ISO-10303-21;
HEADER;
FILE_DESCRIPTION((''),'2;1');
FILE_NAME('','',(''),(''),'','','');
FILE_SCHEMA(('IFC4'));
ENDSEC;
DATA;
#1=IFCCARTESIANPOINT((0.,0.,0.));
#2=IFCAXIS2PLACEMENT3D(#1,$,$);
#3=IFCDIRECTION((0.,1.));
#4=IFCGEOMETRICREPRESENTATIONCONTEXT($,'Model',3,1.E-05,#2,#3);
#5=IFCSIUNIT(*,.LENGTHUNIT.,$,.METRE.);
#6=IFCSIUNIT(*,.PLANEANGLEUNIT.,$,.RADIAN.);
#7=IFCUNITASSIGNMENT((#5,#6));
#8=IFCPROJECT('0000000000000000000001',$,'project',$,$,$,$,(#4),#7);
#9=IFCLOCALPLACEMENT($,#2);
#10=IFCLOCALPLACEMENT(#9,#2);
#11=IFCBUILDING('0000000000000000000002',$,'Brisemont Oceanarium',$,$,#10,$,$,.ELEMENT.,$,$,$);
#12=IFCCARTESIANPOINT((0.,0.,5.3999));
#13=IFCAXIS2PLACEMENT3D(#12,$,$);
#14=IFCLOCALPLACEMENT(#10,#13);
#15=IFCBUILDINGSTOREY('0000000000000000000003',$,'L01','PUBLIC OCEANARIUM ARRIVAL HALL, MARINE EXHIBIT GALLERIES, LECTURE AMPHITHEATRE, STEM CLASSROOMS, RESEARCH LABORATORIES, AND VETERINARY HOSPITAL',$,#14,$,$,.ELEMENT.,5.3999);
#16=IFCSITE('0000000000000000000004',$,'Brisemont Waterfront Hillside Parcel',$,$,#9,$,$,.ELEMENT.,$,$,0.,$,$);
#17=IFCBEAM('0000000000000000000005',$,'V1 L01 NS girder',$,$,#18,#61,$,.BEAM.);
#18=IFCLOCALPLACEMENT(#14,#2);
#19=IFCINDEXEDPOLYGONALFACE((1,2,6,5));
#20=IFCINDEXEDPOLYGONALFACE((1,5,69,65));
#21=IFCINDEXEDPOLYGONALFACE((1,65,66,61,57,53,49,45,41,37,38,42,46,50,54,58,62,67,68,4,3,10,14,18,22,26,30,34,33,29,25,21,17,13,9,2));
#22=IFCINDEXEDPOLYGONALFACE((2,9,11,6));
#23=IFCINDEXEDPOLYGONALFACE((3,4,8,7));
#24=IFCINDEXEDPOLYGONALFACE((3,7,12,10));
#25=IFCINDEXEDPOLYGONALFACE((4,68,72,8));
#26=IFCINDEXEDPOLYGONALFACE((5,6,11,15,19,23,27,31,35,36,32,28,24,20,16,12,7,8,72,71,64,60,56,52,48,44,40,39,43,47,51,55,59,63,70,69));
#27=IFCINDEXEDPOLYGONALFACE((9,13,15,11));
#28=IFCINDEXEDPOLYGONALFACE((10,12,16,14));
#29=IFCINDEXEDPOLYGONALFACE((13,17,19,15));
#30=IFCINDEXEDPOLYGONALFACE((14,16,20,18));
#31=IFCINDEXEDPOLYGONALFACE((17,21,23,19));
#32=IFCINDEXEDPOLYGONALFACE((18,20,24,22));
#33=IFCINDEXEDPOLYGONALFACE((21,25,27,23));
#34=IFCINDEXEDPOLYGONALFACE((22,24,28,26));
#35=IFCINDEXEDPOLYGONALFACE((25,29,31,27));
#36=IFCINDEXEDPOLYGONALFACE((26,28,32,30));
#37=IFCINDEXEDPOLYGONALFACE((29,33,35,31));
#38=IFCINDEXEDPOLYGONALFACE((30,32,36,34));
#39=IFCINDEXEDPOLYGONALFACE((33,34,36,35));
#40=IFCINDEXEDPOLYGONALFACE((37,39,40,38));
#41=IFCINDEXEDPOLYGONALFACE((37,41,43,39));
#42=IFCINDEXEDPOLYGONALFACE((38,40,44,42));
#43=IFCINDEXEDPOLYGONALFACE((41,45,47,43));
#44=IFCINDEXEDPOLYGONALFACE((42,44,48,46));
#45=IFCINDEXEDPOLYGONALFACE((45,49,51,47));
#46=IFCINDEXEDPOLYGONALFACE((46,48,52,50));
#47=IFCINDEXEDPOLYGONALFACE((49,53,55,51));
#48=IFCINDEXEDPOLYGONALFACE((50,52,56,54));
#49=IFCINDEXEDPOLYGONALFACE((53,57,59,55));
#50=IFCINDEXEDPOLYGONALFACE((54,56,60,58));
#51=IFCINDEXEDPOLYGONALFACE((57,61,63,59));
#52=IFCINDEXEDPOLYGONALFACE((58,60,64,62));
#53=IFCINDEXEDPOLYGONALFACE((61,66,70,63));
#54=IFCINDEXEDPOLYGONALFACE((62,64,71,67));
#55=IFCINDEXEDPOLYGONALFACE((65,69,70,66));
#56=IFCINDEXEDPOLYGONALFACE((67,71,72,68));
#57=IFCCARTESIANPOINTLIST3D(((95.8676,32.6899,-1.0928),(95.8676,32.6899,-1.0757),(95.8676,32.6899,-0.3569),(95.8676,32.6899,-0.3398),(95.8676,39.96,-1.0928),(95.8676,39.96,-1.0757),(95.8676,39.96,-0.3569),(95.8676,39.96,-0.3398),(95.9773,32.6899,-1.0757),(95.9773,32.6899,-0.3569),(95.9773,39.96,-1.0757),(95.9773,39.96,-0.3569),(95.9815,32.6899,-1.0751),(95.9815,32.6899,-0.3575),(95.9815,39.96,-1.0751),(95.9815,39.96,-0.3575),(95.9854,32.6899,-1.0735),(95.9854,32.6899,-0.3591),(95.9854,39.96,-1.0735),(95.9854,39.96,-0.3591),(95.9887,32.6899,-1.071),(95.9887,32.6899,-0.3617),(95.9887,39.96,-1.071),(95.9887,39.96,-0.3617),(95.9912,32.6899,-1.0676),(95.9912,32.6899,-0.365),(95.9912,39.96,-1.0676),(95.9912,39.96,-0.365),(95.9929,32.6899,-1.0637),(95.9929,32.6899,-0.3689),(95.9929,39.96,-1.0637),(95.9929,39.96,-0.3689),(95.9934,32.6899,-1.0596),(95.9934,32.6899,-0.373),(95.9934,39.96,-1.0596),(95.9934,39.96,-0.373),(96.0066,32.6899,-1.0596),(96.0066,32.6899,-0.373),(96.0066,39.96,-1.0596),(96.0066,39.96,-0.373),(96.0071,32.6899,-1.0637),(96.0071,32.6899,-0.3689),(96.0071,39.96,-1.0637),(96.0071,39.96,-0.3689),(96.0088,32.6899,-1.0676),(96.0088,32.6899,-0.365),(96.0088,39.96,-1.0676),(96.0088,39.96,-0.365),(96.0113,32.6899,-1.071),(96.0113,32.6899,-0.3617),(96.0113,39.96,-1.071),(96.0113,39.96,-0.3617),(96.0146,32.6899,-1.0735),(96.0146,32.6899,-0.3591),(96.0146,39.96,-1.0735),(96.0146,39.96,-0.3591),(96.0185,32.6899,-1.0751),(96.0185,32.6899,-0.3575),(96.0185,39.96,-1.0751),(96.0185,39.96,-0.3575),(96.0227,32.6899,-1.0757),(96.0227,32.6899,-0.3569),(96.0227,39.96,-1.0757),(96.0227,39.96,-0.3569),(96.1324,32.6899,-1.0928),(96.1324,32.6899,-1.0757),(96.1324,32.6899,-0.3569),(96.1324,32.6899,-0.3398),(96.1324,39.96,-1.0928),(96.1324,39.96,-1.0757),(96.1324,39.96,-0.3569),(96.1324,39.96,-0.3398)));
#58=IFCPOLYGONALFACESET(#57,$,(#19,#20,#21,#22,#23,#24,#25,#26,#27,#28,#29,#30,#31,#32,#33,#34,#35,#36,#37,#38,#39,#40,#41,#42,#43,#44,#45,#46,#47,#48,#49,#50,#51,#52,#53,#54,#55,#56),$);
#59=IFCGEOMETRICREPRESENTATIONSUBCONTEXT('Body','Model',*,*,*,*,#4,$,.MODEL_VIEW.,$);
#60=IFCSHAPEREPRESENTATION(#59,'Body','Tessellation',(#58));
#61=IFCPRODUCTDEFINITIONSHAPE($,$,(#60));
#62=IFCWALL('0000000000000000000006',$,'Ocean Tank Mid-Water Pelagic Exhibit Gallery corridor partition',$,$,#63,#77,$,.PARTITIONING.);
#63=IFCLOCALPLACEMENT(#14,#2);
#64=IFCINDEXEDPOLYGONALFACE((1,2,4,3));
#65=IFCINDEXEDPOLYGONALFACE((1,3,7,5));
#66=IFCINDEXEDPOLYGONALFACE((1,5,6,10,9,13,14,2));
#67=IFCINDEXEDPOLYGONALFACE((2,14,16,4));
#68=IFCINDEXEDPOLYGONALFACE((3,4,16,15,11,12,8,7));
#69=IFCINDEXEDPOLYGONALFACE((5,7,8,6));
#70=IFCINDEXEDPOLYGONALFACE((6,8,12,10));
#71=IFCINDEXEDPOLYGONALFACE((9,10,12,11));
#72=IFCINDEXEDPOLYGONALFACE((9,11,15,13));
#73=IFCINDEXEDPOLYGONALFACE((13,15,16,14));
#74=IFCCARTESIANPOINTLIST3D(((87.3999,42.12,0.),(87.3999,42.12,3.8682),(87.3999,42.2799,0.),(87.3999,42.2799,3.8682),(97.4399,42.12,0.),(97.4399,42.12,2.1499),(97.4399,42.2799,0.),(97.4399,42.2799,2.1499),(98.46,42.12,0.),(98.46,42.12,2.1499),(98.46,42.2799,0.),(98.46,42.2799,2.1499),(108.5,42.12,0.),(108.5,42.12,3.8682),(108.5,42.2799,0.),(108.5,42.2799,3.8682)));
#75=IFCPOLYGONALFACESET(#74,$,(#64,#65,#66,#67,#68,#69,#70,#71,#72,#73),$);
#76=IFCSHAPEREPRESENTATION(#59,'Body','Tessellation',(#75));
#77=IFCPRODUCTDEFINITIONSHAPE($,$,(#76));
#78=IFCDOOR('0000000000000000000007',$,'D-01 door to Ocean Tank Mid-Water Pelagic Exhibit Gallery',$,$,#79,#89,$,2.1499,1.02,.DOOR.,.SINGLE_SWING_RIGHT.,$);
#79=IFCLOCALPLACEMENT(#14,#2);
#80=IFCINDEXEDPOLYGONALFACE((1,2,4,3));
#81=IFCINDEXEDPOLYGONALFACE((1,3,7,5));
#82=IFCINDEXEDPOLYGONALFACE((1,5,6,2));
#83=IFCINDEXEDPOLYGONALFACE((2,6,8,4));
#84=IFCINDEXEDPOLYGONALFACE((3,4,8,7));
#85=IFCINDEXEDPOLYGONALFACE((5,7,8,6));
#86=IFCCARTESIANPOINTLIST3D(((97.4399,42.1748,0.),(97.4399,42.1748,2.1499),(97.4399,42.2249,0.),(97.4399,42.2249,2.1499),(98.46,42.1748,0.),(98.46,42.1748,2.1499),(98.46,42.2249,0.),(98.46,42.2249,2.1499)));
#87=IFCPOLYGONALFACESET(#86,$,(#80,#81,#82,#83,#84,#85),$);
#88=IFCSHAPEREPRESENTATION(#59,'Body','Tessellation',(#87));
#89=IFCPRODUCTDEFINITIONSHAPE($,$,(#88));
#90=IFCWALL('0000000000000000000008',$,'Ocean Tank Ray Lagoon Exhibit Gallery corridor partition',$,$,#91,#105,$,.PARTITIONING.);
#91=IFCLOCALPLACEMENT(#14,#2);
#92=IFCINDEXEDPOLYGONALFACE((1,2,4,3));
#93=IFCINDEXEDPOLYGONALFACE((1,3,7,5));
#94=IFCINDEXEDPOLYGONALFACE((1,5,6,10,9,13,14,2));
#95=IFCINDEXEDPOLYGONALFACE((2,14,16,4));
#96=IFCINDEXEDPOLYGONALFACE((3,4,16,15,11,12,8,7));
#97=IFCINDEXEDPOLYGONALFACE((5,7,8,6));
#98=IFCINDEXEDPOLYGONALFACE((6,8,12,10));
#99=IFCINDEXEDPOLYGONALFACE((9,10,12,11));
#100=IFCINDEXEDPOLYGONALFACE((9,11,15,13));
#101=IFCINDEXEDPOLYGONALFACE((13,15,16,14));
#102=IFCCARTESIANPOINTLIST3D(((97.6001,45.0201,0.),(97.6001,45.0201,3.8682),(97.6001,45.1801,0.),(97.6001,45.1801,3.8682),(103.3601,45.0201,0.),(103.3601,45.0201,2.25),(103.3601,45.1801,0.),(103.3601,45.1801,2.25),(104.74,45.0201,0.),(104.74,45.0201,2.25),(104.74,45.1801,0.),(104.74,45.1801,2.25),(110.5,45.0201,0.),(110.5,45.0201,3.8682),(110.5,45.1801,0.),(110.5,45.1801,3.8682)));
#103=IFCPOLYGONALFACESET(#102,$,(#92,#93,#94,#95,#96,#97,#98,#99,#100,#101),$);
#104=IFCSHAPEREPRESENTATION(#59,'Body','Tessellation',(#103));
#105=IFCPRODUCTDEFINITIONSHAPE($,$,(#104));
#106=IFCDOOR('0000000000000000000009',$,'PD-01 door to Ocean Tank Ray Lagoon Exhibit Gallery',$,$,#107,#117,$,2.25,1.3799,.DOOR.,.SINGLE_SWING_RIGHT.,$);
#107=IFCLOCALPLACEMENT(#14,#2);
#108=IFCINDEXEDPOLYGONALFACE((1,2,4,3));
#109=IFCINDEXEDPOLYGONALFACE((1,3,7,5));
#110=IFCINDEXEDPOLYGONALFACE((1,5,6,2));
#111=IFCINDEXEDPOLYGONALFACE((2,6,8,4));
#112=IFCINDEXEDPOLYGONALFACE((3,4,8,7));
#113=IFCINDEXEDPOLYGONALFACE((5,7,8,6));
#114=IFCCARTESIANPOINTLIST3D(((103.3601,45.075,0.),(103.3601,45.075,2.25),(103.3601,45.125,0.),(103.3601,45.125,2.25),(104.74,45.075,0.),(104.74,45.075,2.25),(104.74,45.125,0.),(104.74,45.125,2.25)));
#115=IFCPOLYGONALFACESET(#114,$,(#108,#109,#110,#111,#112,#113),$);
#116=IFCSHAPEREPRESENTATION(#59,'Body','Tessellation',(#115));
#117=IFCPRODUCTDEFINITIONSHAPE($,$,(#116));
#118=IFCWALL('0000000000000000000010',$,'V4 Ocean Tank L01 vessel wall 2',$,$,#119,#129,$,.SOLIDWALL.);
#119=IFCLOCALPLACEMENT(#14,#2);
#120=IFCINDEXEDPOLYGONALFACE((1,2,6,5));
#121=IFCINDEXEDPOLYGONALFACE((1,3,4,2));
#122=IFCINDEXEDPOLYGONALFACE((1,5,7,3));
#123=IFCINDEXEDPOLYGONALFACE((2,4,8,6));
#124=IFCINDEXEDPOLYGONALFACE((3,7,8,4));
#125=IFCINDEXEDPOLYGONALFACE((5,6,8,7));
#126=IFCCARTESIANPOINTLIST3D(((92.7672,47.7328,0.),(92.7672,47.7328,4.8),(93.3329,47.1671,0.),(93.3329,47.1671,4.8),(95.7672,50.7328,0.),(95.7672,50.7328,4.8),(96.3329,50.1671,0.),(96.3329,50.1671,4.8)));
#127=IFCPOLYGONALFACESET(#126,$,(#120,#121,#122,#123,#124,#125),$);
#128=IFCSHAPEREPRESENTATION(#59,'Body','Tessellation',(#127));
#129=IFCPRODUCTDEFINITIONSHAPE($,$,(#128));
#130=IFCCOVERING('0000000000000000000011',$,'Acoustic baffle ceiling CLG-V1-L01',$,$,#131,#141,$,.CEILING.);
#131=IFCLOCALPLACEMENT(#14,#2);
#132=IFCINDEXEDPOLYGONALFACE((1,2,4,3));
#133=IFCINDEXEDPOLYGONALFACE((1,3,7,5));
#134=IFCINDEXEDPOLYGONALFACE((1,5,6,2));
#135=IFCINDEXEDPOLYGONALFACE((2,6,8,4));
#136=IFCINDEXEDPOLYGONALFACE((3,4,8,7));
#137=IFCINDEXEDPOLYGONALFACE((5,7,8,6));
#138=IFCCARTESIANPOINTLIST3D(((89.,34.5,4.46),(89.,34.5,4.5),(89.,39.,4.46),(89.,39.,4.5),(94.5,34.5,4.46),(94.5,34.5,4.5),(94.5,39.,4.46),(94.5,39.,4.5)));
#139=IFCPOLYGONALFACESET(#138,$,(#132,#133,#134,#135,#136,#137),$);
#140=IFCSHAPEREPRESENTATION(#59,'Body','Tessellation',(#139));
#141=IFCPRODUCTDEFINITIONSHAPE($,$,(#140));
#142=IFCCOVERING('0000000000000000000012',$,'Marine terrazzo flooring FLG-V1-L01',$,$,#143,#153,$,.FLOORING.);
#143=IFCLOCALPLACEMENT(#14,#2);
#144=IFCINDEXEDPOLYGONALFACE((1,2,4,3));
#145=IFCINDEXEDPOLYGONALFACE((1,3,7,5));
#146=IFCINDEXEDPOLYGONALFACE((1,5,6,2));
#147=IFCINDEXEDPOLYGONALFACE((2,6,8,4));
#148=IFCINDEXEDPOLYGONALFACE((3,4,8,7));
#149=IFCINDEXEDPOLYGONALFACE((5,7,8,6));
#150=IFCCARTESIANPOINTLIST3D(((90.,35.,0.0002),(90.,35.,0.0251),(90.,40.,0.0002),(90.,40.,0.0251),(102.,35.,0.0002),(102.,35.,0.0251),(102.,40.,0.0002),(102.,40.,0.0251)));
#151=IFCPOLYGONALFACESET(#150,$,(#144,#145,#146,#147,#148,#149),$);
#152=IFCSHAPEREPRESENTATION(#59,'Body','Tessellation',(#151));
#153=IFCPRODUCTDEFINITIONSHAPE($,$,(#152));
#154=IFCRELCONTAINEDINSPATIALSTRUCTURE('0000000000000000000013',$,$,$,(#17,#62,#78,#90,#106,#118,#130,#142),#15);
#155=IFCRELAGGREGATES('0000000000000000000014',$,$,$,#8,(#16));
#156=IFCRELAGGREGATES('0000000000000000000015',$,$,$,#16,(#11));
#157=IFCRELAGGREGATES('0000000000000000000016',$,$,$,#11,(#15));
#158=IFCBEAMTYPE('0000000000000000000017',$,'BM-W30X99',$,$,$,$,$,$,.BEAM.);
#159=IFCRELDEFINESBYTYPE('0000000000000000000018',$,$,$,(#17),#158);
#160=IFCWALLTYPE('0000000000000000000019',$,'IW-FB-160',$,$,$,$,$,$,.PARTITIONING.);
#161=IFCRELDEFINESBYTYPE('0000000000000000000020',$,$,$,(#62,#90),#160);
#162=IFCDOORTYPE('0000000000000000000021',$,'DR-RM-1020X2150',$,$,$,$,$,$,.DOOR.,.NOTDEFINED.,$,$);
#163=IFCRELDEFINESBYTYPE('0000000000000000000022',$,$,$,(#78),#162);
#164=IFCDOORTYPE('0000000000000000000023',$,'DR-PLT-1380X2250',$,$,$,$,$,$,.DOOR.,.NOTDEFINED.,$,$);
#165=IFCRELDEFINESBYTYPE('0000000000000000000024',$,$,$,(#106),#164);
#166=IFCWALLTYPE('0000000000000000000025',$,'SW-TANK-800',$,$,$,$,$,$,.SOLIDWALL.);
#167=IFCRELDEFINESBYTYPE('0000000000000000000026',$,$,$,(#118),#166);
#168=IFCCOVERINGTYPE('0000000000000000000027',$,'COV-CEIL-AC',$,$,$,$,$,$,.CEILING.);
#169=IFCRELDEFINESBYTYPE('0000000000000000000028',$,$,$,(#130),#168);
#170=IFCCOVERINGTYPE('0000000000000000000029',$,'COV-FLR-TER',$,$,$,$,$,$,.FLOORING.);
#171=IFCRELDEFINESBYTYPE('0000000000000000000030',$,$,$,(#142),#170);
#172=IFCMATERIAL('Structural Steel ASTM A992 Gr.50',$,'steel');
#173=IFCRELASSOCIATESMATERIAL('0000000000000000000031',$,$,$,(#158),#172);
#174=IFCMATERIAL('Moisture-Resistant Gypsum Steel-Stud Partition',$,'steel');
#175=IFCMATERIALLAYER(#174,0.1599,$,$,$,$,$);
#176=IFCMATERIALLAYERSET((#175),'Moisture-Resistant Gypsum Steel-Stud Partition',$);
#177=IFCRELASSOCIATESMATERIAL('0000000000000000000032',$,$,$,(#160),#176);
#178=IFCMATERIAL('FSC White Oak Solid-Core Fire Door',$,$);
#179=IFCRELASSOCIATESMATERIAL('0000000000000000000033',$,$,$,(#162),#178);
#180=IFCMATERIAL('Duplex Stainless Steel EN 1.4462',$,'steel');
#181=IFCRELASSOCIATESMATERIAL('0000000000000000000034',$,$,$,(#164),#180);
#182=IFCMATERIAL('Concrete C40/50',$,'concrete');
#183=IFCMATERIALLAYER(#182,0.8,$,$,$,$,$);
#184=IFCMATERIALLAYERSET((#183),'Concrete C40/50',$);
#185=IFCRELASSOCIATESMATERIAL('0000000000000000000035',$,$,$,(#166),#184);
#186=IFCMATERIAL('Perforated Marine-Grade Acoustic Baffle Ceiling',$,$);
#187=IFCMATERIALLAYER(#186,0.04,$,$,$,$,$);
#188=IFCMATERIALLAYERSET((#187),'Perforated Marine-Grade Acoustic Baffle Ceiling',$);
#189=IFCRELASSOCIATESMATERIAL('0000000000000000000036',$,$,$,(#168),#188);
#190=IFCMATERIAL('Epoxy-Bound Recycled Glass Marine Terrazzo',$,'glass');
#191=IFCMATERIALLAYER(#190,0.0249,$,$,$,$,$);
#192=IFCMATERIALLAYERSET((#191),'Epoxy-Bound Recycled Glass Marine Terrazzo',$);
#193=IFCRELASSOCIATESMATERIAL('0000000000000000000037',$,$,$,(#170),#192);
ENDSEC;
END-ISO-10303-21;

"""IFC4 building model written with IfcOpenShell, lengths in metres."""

from ifc_helpers import new_model, si_unit, direction, frame, frame_2d, origin, origin_2d, place, context, subcontext, project, spatial, rectangle, i_section, extrude, material, layer, layer_set, material_profile, profile_set, type_object, element, fill, save


model = new_model("IFC4")

# Units and contexts
model_context = context("Model", 3, precision=1e-05, world=origin(), true_north=direction((0.0, 1.0)))
body_context = subcontext(model_context, "Body", "Model", "MODEL_VIEW")
ifc_project = project(units=[si_unit("LENGTHUNIT", "METRE"), si_unit("PLANEANGLEUNIT", "RADIAN")], contexts=[model_context])

# Site, building, storey
site_placement = place(None, origin())
site = spatial("IfcSite", under=ifc_project, at=site_placement, Name="Brisemont Waterfront Hillside Parcel", CompositionType="ELEMENT", RefElevation=0.0)
building_placement = place(site_placement, origin())
building = spatial("IfcBuilding", under=site, at=building_placement, Name="Brisemont Oceanarium", CompositionType="ELEMENT")
storey_placement = place(building_placement, frame((0.0, 0.0, 5.3999)))
storey = spatial("IfcBuildingStorey", under=building, at=storey_placement, Name="L01", Description="PUBLIC OCEANARIUM ARRIVAL HALL, MARINE EXHIBIT GALLERIES, LECTURE AMPHITHEATRE, STEM CLASSROOMS, RESEARCH LABORATORIES, AND VETERINARY HOSPITAL", CompositionType="ELEMENT", Elevation=5.3999)

# Beam
ifc_material_1 = material(Name="Structural Steel ASTM A992 Gr.50", Category="steel")
ifc_material_profile_1 = material_profile(ifc_material_1, i_section(OverallWidth=0.2649, OverallDepth=0.7529, WebThickness=0.0132, FlangeThickness=0.0171, FilletRadius=0.0161, at=origin_2d()), Name="W30X99")
ifc_profile_set_1 = profile_set([ifc_material_profile_1], Name="Structural Steel ASTM A992 Gr.50")
beam_type_1 = type_object("IfcBeamType", Name="BM-W30X99", PredefinedType="BEAM", material=ifc_profile_set_1)
beam_1_placement = place(storey_placement, frame((96.0, 32.6899, -0.7163), z_axis=(0.0, 1.0, 0.0), x_axis=(-1.0, 0.0, 0.0)))
element("IfcBeam", 1, at=beam_1_placement, inside=storey, type_object=beam_type_1, Name="V1 L01 NS girder", PredefinedType="BEAM", context=body_context, shape_type="SweptSolid", body=[
    extrude(i_section(OverallWidth=0.2649, OverallDepth=0.7529, WebThickness=0.0132, FlangeThickness=0.0171, FilletRadius=0.0161, at=origin_2d()), origin(), (0.0, 0.0, 1.0), 7.27),
])

# Walls, openings, doors
ifc_material_2 = material(Name="Moisture-Resistant Gypsum Steel-Stud Partition", Category="steel")
ifc_layer_1 = layer(ifc_material_2, 0.1599)
ifc_layer_set_1 = layer_set([ifc_layer_1], Name="Moisture-Resistant Gypsum Steel-Stud Partition")
wall_type_1 = type_object("IfcWallType", Name="IW-FB-160", PredefinedType="PARTITIONING", material=ifc_layer_set_1)
wall_1_placement = place(storey_placement, frame((87.3999, 42.2, 0.0), z_axis=(0.0, 0.0, 1.0), x_axis=(1.0, 0.0, 0.0)))
wall_1 = element("IfcWall", 2, at=wall_1_placement, inside=storey, type_object=wall_type_1, Name="Ocean Tank Mid-Water Pelagic Exhibit Gallery corridor partition", PredefinedType="PARTITIONING", context=body_context, shape_type="SweptSolid", body=[
    extrude(rectangle(XDim=21.1001, YDim=0.1599, at=frame_2d((10.55, 0.0))), origin(), (0.0, 0.0, 1.0), 3.8682),
])
opening_1_placement = place(wall_1_placement, frame((10.04, 0.0, 0.0)))
opening_1 = element("IfcOpeningElement", 3, at=opening_1_placement, cuts=wall_1, PredefinedType="OPENING", context=body_context, shape_type="SweptSolid", body=[
    extrude(rectangle(XDim=1.02, YDim=2.1499, at=frame_2d((0.51, 1.075))), frame((0.0, 0.0898, 0.0), z_axis=(0.0, -1.0, 0.0), x_axis=(1.0, 0.0, 0.0)), (0.0, 0.0, 1.0), 0.1799),
])
ifc_material_3 = material(Name="FSC White Oak Solid-Core Fire Door")
door_type_1 = type_object("IfcDoorType", Name="DR-RM-1020X2150", OperationType="NOTDEFINED", PredefinedType="DOOR", material=ifc_material_3)
door_1_placement = place(opening_1_placement, origin())
door_1 = element("IfcDoor", 4, at=door_1_placement, inside=storey, type_object=door_type_1, Name="D-01 door to Ocean Tank Mid-Water Pelagic Exhibit Gallery", OperationType="SINGLE_SWING_RIGHT", OverallHeight=2.1499, OverallWidth=1.02, PredefinedType="DOOR", context=body_context, shape_type="SweptSolid", body=[
    extrude(rectangle(XDim=1.02, YDim=2.1499, at=frame_2d((0.51, 1.075))), frame((0.0, 0.0249, 0.0), z_axis=(0.0, -1.0, 0.0), x_axis=(1.0, 0.0, 0.0)), (0.0, 0.0, 1.0), 0.05),
])
fill(opening_1, door_1)
wall_2_placement = place(storey_placement, frame((97.6001, 45.1001, 0.0), z_axis=(0.0, 0.0, 1.0), x_axis=(1.0, 0.0, 0.0)))
wall_2 = element("IfcWall", 5, at=wall_2_placement, inside=storey, type_object=wall_type_1, Name="Ocean Tank Ray Lagoon Exhibit Gallery corridor partition", PredefinedType="PARTITIONING", context=body_context, shape_type="SweptSolid", body=[
    extrude(rectangle(XDim=12.8999, YDim=0.1599, at=frame_2d((6.45, 0.0))), origin(), (0.0, 0.0, 1.0), 3.8682),
])
opening_2_placement = place(wall_2_placement, frame((5.76, 0.0, 0.0)))
opening_2 = element("IfcOpeningElement", 6, at=opening_2_placement, cuts=wall_2, PredefinedType="OPENING", context=body_context, shape_type="SweptSolid", body=[
    extrude(rectangle(XDim=1.3799, YDim=2.25, at=frame_2d((0.6899, 1.125))), frame((0.0, 0.0898, 0.0), z_axis=(0.0, -1.0, 0.0), x_axis=(1.0, 0.0, 0.0)), (0.0, 0.0, 1.0), 0.1799),
])
ifc_material_4 = material(Name="Duplex Stainless Steel EN 1.4462", Category="steel")
door_type_2 = type_object("IfcDoorType", Name="DR-PLT-1380X2250", OperationType="NOTDEFINED", PredefinedType="DOOR", material=ifc_material_4)
door_2_placement = place(opening_2_placement, origin())
door_2 = element("IfcDoor", 7, at=door_2_placement, inside=storey, type_object=door_type_2, Name="PD-01 door to Ocean Tank Ray Lagoon Exhibit Gallery", OperationType="SINGLE_SWING_RIGHT", OverallHeight=2.25, OverallWidth=1.3799, PredefinedType="DOOR", context=body_context, shape_type="SweptSolid", body=[
    extrude(rectangle(XDim=1.3799, YDim=2.25, at=frame_2d((0.6899, 1.125))), frame((0.0, 0.0249, 0.0), z_axis=(0.0, -1.0, 0.0), x_axis=(1.0, 0.0, 0.0)), (0.0, 0.0, 1.0), 0.05),
])
fill(opening_2, door_2)

# Wall
ifc_material_5 = material(Name="Concrete C40/50", Category="concrete")
ifc_layer_2 = layer(ifc_material_5, 0.8)
ifc_layer_set_2 = layer_set([ifc_layer_2], Name="Concrete C40/50")
wall_type_2 = type_object("IfcWallType", Name="SW-TANK-800", PredefinedType="SOLIDWALL", material=ifc_layer_set_2)
wall_3_placement = place(storey_placement, frame((93.05, 47.45, 0.0), z_axis=(0.0, 0.0, 1.0), x_axis=(0.707107, 0.707107, 0.0)))
element("IfcWall", 8, at=wall_3_placement, inside=storey, type_object=wall_type_2, Name="V4 Ocean Tank L01 vessel wall 2", PredefinedType="SOLIDWALL", context=body_context, shape_type="SweptSolid", body=[
    extrude(rectangle(XDim=4.2427, YDim=0.8, at=frame_2d((2.1213, 0.0))), origin(), (0.0, 0.0, 1.0), 4.8),
])

# Coverings
ifc_material_6 = material(Name="Perforated Marine-Grade Acoustic Baffle Ceiling")
ifc_layer_3 = layer(ifc_material_6, 0.04)
ifc_layer_set_3 = layer_set([ifc_layer_3], Name="Perforated Marine-Grade Acoustic Baffle Ceiling")
covering_type_1 = type_object("IfcCoveringType", Name="COV-CEIL-AC", PredefinedType="CEILING", material=ifc_layer_set_3)
covering_1_placement = place(storey_placement, frame((91.75, 36.75, 4.46), z_axis=(0.0, 0.0, 1.0), x_axis=(1.0, 0.0, 0.0)))
element("IfcCovering", 9, at=covering_1_placement, inside=storey, type_object=covering_type_1, Name="Acoustic baffle ceiling CLG-V1-L01", PredefinedType="CEILING", context=body_context, shape_type="SweptSolid", body=[
    extrude(rectangle(XDim=5.5, YDim=4.5, at=origin_2d()), origin(), (0.0, 0.0, 1.0), 0.04),
])
ifc_material_7 = material(Name="Epoxy-Bound Recycled Glass Marine Terrazzo", Category="glass")
ifc_layer_4 = layer(ifc_material_7, 0.0249)
ifc_layer_set_4 = layer_set([ifc_layer_4], Name="Epoxy-Bound Recycled Glass Marine Terrazzo")
covering_type_2 = type_object("IfcCoveringType", Name="COV-FLR-TER", PredefinedType="FLOORING", material=ifc_layer_set_4)
covering_2_placement = place(storey_placement, frame((96.0, 37.5, 0.0002), z_axis=(0.0, 0.0, 1.0), x_axis=(1.0, 0.0, 0.0)))
element("IfcCovering", 10, at=covering_2_placement, inside=storey, type_object=covering_type_2, Name="Marine terrazzo flooring FLG-V1-L01", PredefinedType="FLOORING", context=body_context, shape_type="SweptSolid", body=[
    extrude(rectangle(XDim=12.0, YDim=5.0, at=origin_2d()), origin(), (0.0, 0.0, 1.0), 0.0249),
])

save(model, "model.ifc")
